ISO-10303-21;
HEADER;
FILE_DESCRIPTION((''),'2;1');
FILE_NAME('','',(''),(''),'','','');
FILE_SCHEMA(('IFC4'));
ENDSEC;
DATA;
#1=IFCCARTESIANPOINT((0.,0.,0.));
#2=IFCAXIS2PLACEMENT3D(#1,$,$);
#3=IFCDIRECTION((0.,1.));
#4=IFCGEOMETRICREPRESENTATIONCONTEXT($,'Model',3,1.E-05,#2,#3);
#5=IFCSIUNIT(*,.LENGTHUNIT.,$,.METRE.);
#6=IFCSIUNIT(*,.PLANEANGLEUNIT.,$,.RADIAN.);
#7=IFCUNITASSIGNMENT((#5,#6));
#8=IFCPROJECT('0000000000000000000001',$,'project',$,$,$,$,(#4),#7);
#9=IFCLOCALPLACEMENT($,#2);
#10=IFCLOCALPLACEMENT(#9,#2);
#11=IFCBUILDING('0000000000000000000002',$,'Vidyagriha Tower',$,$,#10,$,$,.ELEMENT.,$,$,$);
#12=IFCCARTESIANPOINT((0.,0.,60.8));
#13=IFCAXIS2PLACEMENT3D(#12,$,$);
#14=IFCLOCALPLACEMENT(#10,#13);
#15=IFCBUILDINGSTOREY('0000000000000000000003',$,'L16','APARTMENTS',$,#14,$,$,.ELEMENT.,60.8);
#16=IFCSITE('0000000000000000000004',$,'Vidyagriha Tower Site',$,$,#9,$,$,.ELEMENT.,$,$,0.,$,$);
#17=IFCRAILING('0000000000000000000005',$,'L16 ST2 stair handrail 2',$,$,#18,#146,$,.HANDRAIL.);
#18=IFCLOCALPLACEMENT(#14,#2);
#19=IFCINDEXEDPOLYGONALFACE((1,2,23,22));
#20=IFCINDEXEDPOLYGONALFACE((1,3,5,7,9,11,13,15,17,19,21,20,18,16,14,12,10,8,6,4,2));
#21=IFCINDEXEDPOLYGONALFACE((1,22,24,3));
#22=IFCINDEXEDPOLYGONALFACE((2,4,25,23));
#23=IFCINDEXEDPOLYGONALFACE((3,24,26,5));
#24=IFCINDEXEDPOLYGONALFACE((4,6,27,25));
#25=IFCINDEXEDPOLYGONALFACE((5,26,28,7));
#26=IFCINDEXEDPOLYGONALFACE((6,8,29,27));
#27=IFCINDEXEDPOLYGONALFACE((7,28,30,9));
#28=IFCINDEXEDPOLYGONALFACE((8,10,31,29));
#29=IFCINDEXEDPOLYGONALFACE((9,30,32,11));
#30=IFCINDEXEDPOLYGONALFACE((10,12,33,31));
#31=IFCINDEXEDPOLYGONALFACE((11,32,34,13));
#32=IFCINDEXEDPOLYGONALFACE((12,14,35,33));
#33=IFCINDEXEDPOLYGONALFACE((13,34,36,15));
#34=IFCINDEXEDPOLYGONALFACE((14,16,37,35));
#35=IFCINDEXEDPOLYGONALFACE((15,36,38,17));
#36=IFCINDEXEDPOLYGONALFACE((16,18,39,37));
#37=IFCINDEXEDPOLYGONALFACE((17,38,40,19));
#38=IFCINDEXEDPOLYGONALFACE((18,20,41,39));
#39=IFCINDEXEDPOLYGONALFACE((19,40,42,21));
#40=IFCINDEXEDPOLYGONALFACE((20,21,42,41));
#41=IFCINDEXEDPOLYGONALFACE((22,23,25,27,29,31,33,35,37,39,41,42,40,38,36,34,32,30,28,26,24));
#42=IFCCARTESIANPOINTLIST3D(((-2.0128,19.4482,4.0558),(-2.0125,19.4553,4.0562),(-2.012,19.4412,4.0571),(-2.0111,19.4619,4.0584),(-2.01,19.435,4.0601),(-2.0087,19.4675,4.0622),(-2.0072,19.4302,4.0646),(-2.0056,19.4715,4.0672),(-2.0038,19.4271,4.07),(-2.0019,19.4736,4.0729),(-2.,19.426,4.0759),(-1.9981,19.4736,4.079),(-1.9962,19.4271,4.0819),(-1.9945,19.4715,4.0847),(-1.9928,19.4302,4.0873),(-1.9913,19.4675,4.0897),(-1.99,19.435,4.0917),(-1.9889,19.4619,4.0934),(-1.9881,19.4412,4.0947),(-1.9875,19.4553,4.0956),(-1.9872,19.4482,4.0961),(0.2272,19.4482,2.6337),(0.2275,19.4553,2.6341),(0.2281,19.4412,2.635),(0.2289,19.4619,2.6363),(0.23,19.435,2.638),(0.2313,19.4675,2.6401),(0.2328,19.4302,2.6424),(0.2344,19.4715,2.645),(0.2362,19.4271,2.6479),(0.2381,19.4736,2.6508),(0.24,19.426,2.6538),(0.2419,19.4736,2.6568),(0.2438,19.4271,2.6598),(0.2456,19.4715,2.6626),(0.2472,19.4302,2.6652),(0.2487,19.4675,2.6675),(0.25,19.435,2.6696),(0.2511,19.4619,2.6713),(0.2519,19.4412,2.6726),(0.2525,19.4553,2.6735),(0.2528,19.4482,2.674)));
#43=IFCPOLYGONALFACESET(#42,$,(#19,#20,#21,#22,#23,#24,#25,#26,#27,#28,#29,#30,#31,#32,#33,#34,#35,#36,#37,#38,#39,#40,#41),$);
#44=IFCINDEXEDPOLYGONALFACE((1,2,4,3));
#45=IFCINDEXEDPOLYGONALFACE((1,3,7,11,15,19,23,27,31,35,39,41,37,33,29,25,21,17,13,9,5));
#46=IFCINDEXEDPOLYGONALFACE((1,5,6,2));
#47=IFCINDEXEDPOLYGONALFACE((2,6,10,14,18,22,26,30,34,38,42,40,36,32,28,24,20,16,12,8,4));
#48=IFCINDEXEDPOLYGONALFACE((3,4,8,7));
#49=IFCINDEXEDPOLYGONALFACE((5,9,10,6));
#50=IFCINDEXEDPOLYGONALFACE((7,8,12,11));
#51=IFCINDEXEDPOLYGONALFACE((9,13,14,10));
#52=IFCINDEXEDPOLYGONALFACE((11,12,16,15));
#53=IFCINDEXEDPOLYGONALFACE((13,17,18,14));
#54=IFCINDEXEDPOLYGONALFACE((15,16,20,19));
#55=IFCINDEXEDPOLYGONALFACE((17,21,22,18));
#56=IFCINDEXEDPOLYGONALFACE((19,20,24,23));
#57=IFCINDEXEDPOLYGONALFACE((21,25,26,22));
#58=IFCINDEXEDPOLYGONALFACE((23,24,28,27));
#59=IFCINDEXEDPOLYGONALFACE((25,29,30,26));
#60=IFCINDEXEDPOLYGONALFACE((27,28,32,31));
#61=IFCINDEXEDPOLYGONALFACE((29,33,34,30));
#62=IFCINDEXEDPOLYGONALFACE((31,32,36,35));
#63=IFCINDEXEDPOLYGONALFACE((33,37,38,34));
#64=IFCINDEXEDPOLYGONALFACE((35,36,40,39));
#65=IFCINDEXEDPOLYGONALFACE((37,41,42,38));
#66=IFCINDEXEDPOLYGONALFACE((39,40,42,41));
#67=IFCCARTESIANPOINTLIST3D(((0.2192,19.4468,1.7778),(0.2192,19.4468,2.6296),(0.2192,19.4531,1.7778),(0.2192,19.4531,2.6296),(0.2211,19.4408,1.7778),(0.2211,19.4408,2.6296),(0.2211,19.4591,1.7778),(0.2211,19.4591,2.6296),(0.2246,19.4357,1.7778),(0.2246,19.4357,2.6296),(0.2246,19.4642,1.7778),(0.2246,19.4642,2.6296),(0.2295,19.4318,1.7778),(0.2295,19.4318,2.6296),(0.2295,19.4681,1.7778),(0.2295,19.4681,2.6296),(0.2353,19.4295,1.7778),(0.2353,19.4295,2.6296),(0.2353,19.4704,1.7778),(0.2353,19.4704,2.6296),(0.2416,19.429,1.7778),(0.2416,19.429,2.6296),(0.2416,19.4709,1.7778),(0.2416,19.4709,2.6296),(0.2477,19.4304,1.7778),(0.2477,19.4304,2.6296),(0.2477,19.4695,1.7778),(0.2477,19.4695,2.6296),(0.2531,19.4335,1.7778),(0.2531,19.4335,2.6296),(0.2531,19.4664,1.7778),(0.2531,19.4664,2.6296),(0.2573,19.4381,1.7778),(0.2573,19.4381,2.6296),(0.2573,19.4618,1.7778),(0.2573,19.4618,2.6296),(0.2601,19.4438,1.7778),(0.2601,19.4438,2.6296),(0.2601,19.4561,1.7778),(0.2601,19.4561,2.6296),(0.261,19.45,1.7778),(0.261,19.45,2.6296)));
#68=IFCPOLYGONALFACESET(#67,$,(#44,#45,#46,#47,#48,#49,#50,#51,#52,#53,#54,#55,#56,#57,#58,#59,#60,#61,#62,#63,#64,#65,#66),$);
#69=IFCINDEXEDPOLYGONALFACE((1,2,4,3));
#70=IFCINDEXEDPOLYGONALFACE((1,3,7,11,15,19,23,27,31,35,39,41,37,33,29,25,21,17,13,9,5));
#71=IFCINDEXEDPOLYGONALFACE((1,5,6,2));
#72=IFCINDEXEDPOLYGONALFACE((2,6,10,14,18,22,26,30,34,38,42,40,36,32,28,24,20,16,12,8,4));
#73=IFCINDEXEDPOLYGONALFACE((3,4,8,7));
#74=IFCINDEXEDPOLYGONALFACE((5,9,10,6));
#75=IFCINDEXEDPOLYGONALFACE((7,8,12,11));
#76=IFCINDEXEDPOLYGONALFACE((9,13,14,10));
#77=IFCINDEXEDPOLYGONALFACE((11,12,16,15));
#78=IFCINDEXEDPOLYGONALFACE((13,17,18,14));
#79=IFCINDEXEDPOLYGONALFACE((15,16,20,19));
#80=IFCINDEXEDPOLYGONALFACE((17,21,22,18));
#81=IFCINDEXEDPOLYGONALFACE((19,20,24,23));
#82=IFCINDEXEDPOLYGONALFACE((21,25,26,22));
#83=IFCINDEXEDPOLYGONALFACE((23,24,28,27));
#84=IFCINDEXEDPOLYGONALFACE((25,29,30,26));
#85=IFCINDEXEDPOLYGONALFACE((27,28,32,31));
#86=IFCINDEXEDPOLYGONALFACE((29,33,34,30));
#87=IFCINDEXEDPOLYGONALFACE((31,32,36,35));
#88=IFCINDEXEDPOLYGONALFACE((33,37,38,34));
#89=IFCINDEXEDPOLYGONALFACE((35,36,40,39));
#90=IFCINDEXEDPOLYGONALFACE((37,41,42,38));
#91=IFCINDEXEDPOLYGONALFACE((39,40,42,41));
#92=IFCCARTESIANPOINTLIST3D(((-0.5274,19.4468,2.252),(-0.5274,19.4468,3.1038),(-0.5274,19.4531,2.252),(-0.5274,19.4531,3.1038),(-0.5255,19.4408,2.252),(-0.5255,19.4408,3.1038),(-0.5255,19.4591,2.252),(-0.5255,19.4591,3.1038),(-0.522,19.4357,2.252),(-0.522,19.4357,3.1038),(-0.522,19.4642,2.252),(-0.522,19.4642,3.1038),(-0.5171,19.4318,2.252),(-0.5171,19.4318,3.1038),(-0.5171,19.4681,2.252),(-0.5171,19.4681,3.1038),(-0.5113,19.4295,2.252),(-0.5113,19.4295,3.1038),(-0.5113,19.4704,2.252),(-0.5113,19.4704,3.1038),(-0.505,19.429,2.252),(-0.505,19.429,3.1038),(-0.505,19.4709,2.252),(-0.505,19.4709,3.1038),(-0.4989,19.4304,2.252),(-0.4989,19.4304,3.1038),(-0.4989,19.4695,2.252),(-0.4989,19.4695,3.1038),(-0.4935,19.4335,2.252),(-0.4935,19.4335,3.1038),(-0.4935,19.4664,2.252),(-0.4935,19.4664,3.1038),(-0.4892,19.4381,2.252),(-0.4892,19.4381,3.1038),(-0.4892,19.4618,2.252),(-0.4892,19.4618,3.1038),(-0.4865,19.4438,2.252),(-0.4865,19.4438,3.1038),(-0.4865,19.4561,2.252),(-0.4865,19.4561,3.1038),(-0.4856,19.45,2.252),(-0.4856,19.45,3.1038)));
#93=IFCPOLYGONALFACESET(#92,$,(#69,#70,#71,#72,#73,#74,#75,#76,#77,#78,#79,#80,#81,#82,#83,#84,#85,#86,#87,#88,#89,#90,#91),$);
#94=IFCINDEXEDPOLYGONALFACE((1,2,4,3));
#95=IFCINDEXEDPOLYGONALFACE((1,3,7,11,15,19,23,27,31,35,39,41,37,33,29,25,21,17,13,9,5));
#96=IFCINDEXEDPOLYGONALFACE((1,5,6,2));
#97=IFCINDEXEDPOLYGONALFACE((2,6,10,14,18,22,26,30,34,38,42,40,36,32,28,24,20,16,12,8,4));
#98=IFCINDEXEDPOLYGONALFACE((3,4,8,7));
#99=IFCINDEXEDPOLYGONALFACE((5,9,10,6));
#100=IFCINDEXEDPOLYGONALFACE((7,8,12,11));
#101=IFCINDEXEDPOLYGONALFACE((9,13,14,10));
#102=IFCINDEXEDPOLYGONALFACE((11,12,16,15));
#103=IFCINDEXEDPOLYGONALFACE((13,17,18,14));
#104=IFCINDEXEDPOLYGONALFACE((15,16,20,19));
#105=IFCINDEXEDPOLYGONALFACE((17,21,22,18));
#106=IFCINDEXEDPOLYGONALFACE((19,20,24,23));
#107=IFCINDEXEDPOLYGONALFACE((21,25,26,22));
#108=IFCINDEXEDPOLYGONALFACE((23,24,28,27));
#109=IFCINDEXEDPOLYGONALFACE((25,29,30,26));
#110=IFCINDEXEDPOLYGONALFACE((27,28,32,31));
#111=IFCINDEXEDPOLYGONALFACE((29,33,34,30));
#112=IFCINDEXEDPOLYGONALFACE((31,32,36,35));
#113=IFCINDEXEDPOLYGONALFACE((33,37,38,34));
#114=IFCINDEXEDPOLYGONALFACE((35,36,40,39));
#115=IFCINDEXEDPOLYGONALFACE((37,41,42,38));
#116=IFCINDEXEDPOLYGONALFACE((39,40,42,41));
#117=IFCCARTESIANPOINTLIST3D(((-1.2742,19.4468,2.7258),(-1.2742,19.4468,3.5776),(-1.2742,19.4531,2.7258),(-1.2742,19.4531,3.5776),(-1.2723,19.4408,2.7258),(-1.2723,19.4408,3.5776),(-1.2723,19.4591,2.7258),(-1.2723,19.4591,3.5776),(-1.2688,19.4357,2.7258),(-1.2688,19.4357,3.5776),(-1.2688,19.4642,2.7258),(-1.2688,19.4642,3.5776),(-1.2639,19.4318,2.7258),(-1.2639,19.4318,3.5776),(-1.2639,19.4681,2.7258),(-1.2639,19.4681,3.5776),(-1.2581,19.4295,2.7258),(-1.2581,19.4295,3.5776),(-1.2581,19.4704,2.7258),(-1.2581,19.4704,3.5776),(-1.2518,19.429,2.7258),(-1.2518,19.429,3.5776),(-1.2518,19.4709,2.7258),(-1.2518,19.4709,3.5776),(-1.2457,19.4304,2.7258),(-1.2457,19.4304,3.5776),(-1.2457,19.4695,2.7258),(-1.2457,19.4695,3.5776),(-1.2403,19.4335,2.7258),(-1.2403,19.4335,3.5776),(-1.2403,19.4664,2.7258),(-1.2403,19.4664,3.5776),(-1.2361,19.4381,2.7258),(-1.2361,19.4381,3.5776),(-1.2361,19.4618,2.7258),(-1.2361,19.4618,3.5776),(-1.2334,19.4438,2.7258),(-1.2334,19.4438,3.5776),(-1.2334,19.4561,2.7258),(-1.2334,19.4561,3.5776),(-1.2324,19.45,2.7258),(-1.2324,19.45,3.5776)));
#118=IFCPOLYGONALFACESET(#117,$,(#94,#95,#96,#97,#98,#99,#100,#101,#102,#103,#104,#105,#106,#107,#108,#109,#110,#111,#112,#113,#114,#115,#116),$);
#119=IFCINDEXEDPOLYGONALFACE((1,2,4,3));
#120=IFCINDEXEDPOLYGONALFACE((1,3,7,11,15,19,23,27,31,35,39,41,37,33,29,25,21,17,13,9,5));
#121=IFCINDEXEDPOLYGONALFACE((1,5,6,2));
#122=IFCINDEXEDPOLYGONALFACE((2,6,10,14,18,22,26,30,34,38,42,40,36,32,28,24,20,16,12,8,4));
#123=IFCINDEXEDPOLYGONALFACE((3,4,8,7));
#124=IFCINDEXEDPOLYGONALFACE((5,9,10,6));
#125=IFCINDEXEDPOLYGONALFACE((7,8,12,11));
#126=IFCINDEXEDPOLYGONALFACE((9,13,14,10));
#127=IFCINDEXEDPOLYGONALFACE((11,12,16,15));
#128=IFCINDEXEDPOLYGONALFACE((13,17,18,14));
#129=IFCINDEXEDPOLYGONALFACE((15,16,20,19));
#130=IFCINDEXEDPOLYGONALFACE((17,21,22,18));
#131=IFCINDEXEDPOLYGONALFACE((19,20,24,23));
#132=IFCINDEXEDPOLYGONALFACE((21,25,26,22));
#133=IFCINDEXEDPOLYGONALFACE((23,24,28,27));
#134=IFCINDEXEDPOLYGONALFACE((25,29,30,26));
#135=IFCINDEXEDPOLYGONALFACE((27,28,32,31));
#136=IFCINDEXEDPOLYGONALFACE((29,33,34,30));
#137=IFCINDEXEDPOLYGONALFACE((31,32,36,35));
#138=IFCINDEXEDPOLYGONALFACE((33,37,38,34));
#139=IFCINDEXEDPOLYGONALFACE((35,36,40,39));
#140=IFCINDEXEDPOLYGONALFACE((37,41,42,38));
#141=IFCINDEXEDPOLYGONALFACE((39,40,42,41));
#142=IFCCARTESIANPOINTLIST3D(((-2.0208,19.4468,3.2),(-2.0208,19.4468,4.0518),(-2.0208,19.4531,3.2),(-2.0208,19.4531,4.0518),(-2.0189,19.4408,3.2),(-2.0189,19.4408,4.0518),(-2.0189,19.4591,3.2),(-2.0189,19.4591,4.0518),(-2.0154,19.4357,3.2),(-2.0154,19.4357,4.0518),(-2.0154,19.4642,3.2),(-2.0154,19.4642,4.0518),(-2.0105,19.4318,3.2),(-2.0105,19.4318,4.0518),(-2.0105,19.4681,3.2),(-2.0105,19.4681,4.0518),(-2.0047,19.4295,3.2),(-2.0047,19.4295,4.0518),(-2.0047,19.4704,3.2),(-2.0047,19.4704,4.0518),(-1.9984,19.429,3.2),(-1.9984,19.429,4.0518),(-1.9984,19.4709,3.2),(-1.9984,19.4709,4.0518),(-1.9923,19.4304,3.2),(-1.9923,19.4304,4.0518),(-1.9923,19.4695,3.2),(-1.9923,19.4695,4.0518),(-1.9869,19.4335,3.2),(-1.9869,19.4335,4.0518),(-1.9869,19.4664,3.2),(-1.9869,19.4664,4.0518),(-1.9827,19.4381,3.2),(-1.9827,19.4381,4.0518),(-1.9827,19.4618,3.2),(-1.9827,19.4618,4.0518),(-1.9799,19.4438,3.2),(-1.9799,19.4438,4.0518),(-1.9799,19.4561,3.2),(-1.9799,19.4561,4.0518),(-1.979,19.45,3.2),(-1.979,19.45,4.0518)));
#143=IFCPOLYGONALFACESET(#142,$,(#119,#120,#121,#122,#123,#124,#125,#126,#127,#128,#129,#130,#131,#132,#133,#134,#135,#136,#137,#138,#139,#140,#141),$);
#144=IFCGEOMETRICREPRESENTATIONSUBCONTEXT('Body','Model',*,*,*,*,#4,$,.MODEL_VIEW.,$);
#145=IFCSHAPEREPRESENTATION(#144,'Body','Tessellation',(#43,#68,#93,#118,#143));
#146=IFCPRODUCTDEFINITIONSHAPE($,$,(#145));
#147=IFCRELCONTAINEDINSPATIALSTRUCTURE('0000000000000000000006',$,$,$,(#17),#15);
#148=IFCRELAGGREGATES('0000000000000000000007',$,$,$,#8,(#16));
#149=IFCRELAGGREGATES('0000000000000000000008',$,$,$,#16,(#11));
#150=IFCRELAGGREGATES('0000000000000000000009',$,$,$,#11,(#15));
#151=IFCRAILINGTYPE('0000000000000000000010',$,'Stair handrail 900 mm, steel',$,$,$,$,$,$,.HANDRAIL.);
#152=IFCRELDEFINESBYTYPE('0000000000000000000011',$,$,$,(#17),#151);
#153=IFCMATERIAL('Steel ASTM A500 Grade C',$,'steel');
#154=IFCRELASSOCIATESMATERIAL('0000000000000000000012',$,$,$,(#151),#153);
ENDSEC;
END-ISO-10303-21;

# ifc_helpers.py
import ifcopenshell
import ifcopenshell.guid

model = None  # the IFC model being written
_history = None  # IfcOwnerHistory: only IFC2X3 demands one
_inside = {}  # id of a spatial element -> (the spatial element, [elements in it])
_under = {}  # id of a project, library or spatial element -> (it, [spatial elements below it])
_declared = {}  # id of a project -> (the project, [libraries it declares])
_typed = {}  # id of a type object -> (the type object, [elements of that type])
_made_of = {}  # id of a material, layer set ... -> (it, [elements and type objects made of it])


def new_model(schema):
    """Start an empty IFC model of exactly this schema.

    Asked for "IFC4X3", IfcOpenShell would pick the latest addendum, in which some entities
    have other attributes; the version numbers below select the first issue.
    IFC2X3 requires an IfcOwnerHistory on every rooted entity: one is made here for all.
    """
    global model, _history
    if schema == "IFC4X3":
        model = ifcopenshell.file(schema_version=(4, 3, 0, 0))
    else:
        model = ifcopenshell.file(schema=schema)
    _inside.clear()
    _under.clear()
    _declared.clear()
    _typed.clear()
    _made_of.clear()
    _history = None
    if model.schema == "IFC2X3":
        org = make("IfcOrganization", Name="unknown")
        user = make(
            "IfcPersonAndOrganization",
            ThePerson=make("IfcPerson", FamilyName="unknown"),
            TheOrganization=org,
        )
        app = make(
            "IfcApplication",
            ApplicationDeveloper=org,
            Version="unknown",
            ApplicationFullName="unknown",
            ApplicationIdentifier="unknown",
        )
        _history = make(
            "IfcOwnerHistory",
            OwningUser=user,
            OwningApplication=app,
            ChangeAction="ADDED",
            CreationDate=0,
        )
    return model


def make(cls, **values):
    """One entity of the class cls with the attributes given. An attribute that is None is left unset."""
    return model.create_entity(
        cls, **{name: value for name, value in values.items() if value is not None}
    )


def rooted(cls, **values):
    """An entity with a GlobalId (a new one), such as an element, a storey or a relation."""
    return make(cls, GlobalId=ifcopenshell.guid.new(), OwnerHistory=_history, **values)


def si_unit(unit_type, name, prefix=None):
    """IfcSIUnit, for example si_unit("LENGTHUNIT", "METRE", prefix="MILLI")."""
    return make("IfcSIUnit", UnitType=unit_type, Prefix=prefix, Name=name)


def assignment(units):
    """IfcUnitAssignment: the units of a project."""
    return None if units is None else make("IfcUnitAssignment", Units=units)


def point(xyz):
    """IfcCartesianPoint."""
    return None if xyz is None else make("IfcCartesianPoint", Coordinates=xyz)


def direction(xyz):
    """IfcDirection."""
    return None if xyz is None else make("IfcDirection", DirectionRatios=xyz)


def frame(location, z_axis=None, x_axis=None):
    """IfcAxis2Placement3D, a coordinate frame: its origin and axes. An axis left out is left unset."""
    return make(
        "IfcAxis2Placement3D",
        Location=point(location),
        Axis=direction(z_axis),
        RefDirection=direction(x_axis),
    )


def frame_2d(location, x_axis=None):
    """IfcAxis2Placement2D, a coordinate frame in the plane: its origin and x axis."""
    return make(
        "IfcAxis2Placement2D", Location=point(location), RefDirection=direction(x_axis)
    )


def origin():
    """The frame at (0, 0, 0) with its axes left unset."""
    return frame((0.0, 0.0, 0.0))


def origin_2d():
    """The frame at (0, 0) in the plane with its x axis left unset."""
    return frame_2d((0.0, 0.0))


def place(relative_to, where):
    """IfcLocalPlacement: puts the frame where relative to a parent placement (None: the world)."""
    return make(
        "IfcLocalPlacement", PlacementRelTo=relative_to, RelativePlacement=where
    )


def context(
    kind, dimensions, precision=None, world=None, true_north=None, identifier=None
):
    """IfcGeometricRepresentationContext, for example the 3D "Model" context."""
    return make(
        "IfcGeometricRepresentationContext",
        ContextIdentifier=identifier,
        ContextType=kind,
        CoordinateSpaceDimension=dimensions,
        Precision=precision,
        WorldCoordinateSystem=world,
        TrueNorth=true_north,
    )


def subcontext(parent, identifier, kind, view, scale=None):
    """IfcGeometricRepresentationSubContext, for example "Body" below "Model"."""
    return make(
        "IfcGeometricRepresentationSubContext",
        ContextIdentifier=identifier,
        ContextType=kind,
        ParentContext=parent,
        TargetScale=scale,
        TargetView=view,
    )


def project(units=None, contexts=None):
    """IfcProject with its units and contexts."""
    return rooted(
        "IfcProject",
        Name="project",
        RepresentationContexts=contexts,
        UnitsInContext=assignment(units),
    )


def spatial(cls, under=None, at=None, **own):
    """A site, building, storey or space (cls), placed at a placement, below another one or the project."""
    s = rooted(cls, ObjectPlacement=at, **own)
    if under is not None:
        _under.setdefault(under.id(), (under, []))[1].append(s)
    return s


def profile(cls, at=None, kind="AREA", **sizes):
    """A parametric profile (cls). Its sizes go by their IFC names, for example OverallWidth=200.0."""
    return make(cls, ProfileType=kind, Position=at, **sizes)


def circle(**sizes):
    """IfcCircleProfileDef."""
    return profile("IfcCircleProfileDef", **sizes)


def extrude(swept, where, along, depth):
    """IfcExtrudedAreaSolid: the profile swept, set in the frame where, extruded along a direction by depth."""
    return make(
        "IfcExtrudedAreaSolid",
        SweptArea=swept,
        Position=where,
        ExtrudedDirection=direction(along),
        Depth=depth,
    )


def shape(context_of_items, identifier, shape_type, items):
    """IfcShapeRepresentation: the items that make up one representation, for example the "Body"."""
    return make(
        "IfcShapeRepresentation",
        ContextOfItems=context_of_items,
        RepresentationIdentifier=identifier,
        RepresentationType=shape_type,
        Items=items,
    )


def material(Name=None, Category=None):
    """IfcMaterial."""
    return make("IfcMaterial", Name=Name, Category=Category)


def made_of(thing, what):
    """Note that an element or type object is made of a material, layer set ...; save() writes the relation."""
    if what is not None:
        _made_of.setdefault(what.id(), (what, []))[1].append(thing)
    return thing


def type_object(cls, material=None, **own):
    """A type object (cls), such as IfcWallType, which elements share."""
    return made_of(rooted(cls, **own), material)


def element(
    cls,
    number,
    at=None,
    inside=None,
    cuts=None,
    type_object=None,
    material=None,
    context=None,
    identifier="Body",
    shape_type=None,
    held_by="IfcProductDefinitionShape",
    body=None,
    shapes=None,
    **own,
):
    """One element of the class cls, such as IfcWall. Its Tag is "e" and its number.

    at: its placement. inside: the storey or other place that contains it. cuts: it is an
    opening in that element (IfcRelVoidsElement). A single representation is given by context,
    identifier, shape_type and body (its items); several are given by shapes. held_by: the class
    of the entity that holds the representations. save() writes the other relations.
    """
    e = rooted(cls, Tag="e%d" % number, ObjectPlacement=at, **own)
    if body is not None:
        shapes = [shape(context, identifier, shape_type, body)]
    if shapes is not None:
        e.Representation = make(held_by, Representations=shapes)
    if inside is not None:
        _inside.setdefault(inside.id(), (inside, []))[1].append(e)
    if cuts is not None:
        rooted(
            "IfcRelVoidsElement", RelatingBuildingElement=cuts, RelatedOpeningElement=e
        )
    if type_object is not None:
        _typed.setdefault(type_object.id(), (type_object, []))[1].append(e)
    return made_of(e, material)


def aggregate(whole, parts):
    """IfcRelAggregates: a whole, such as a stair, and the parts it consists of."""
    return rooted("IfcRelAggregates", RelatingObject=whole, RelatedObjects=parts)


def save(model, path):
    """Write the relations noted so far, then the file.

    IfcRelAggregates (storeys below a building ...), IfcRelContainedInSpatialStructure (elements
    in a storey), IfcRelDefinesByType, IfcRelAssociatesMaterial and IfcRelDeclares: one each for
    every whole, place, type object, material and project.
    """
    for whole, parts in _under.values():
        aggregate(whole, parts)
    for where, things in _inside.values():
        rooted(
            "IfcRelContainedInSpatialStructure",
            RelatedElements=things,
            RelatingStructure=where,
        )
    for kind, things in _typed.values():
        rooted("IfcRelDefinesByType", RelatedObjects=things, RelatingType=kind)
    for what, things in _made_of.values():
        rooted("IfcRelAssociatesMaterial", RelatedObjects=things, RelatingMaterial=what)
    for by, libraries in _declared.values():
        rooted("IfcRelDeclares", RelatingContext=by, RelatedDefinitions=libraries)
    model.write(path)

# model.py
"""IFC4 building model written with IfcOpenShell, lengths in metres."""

from ifc_helpers import new_model, si_unit, direction, frame, origin, origin_2d, place, context, subcontext, project, spatial, circle, extrude, material, type_object, element, save


model = new_model("IFC4")

# Units and contexts
model_context = context("Model", 3, precision=1e-05, world=origin(), true_north=direction((0.0, 1.0)))
body_context = subcontext(model_context, "Body", "Model", "MODEL_VIEW")
ifc_project = project(units=[si_unit("LENGTHUNIT", "METRE"), si_unit("PLANEANGLEUNIT", "RADIAN")], contexts=[model_context])

# Site, building, storey
site_placement = place(None, origin())
site = spatial("IfcSite", under=ifc_project, at=site_placement, Name="Vidyagriha Tower Site", CompositionType="ELEMENT", RefElevation=0.0)
building_placement = place(site_placement, origin())
building = spatial("IfcBuilding", under=site, at=building_placement, Name="Vidyagriha Tower", CompositionType="ELEMENT")
storey_placement = place(building_placement, frame((0.0, 0.0, 60.8)))
storey = spatial("IfcBuildingStorey", under=building, at=storey_placement, Name="L16", Description="APARTMENTS", CompositionType="ELEMENT", Elevation=60.8)

# Railing
ifc_material_1 = material(Name="Steel ASTM A500 Grade C", Category="steel")
railing_type_1 = type_object("IfcRailingType", Name="Stair handrail 900 mm, steel", PredefinedType="HANDRAIL", material=ifc_material_1)
railing_1_placement = place(storey_placement, frame((0.24, 19.45, 1.7778)))
element("IfcRailing", 1, at=railing_1_placement, inside=storey, type_object=railing_type_1, Name="L16 ST2 stair handrail 2", PredefinedType="HANDRAIL", context=body_context, shape_type="SweptSolid", body=[
    extrude(circle(Radius=0.0239, at=origin_2d()), frame((0.0, 0.0, 0.876), z_axis=(-0.844229, 0.0, 0.535982), x_axis=(0.0, -1.0, 0.0)), (0.0, 0.0, 1.0), 2.6533),
    extrude(circle(Radius=0.021, at=origin_2d()), origin(), (0.0, 0.0, 1.0), 0.8518),
    extrude(circle(Radius=0.021, at=origin_2d()), frame((-0.7466, 0.0, 0.4741)), (0.0, 0.0, 1.0), 0.8518),
    extrude(circle(Radius=0.021, at=origin_2d()), frame((-1.4934, 0.0, 0.948)), (0.0, 0.0, 1.0), 0.8518),
    extrude(circle(Radius=0.021, at=origin_2d()), frame((-2.24, 0.0, 1.4221)), (0.0, 0.0, 1.0), 0.8518),
])

save(model, "model.ifc")
